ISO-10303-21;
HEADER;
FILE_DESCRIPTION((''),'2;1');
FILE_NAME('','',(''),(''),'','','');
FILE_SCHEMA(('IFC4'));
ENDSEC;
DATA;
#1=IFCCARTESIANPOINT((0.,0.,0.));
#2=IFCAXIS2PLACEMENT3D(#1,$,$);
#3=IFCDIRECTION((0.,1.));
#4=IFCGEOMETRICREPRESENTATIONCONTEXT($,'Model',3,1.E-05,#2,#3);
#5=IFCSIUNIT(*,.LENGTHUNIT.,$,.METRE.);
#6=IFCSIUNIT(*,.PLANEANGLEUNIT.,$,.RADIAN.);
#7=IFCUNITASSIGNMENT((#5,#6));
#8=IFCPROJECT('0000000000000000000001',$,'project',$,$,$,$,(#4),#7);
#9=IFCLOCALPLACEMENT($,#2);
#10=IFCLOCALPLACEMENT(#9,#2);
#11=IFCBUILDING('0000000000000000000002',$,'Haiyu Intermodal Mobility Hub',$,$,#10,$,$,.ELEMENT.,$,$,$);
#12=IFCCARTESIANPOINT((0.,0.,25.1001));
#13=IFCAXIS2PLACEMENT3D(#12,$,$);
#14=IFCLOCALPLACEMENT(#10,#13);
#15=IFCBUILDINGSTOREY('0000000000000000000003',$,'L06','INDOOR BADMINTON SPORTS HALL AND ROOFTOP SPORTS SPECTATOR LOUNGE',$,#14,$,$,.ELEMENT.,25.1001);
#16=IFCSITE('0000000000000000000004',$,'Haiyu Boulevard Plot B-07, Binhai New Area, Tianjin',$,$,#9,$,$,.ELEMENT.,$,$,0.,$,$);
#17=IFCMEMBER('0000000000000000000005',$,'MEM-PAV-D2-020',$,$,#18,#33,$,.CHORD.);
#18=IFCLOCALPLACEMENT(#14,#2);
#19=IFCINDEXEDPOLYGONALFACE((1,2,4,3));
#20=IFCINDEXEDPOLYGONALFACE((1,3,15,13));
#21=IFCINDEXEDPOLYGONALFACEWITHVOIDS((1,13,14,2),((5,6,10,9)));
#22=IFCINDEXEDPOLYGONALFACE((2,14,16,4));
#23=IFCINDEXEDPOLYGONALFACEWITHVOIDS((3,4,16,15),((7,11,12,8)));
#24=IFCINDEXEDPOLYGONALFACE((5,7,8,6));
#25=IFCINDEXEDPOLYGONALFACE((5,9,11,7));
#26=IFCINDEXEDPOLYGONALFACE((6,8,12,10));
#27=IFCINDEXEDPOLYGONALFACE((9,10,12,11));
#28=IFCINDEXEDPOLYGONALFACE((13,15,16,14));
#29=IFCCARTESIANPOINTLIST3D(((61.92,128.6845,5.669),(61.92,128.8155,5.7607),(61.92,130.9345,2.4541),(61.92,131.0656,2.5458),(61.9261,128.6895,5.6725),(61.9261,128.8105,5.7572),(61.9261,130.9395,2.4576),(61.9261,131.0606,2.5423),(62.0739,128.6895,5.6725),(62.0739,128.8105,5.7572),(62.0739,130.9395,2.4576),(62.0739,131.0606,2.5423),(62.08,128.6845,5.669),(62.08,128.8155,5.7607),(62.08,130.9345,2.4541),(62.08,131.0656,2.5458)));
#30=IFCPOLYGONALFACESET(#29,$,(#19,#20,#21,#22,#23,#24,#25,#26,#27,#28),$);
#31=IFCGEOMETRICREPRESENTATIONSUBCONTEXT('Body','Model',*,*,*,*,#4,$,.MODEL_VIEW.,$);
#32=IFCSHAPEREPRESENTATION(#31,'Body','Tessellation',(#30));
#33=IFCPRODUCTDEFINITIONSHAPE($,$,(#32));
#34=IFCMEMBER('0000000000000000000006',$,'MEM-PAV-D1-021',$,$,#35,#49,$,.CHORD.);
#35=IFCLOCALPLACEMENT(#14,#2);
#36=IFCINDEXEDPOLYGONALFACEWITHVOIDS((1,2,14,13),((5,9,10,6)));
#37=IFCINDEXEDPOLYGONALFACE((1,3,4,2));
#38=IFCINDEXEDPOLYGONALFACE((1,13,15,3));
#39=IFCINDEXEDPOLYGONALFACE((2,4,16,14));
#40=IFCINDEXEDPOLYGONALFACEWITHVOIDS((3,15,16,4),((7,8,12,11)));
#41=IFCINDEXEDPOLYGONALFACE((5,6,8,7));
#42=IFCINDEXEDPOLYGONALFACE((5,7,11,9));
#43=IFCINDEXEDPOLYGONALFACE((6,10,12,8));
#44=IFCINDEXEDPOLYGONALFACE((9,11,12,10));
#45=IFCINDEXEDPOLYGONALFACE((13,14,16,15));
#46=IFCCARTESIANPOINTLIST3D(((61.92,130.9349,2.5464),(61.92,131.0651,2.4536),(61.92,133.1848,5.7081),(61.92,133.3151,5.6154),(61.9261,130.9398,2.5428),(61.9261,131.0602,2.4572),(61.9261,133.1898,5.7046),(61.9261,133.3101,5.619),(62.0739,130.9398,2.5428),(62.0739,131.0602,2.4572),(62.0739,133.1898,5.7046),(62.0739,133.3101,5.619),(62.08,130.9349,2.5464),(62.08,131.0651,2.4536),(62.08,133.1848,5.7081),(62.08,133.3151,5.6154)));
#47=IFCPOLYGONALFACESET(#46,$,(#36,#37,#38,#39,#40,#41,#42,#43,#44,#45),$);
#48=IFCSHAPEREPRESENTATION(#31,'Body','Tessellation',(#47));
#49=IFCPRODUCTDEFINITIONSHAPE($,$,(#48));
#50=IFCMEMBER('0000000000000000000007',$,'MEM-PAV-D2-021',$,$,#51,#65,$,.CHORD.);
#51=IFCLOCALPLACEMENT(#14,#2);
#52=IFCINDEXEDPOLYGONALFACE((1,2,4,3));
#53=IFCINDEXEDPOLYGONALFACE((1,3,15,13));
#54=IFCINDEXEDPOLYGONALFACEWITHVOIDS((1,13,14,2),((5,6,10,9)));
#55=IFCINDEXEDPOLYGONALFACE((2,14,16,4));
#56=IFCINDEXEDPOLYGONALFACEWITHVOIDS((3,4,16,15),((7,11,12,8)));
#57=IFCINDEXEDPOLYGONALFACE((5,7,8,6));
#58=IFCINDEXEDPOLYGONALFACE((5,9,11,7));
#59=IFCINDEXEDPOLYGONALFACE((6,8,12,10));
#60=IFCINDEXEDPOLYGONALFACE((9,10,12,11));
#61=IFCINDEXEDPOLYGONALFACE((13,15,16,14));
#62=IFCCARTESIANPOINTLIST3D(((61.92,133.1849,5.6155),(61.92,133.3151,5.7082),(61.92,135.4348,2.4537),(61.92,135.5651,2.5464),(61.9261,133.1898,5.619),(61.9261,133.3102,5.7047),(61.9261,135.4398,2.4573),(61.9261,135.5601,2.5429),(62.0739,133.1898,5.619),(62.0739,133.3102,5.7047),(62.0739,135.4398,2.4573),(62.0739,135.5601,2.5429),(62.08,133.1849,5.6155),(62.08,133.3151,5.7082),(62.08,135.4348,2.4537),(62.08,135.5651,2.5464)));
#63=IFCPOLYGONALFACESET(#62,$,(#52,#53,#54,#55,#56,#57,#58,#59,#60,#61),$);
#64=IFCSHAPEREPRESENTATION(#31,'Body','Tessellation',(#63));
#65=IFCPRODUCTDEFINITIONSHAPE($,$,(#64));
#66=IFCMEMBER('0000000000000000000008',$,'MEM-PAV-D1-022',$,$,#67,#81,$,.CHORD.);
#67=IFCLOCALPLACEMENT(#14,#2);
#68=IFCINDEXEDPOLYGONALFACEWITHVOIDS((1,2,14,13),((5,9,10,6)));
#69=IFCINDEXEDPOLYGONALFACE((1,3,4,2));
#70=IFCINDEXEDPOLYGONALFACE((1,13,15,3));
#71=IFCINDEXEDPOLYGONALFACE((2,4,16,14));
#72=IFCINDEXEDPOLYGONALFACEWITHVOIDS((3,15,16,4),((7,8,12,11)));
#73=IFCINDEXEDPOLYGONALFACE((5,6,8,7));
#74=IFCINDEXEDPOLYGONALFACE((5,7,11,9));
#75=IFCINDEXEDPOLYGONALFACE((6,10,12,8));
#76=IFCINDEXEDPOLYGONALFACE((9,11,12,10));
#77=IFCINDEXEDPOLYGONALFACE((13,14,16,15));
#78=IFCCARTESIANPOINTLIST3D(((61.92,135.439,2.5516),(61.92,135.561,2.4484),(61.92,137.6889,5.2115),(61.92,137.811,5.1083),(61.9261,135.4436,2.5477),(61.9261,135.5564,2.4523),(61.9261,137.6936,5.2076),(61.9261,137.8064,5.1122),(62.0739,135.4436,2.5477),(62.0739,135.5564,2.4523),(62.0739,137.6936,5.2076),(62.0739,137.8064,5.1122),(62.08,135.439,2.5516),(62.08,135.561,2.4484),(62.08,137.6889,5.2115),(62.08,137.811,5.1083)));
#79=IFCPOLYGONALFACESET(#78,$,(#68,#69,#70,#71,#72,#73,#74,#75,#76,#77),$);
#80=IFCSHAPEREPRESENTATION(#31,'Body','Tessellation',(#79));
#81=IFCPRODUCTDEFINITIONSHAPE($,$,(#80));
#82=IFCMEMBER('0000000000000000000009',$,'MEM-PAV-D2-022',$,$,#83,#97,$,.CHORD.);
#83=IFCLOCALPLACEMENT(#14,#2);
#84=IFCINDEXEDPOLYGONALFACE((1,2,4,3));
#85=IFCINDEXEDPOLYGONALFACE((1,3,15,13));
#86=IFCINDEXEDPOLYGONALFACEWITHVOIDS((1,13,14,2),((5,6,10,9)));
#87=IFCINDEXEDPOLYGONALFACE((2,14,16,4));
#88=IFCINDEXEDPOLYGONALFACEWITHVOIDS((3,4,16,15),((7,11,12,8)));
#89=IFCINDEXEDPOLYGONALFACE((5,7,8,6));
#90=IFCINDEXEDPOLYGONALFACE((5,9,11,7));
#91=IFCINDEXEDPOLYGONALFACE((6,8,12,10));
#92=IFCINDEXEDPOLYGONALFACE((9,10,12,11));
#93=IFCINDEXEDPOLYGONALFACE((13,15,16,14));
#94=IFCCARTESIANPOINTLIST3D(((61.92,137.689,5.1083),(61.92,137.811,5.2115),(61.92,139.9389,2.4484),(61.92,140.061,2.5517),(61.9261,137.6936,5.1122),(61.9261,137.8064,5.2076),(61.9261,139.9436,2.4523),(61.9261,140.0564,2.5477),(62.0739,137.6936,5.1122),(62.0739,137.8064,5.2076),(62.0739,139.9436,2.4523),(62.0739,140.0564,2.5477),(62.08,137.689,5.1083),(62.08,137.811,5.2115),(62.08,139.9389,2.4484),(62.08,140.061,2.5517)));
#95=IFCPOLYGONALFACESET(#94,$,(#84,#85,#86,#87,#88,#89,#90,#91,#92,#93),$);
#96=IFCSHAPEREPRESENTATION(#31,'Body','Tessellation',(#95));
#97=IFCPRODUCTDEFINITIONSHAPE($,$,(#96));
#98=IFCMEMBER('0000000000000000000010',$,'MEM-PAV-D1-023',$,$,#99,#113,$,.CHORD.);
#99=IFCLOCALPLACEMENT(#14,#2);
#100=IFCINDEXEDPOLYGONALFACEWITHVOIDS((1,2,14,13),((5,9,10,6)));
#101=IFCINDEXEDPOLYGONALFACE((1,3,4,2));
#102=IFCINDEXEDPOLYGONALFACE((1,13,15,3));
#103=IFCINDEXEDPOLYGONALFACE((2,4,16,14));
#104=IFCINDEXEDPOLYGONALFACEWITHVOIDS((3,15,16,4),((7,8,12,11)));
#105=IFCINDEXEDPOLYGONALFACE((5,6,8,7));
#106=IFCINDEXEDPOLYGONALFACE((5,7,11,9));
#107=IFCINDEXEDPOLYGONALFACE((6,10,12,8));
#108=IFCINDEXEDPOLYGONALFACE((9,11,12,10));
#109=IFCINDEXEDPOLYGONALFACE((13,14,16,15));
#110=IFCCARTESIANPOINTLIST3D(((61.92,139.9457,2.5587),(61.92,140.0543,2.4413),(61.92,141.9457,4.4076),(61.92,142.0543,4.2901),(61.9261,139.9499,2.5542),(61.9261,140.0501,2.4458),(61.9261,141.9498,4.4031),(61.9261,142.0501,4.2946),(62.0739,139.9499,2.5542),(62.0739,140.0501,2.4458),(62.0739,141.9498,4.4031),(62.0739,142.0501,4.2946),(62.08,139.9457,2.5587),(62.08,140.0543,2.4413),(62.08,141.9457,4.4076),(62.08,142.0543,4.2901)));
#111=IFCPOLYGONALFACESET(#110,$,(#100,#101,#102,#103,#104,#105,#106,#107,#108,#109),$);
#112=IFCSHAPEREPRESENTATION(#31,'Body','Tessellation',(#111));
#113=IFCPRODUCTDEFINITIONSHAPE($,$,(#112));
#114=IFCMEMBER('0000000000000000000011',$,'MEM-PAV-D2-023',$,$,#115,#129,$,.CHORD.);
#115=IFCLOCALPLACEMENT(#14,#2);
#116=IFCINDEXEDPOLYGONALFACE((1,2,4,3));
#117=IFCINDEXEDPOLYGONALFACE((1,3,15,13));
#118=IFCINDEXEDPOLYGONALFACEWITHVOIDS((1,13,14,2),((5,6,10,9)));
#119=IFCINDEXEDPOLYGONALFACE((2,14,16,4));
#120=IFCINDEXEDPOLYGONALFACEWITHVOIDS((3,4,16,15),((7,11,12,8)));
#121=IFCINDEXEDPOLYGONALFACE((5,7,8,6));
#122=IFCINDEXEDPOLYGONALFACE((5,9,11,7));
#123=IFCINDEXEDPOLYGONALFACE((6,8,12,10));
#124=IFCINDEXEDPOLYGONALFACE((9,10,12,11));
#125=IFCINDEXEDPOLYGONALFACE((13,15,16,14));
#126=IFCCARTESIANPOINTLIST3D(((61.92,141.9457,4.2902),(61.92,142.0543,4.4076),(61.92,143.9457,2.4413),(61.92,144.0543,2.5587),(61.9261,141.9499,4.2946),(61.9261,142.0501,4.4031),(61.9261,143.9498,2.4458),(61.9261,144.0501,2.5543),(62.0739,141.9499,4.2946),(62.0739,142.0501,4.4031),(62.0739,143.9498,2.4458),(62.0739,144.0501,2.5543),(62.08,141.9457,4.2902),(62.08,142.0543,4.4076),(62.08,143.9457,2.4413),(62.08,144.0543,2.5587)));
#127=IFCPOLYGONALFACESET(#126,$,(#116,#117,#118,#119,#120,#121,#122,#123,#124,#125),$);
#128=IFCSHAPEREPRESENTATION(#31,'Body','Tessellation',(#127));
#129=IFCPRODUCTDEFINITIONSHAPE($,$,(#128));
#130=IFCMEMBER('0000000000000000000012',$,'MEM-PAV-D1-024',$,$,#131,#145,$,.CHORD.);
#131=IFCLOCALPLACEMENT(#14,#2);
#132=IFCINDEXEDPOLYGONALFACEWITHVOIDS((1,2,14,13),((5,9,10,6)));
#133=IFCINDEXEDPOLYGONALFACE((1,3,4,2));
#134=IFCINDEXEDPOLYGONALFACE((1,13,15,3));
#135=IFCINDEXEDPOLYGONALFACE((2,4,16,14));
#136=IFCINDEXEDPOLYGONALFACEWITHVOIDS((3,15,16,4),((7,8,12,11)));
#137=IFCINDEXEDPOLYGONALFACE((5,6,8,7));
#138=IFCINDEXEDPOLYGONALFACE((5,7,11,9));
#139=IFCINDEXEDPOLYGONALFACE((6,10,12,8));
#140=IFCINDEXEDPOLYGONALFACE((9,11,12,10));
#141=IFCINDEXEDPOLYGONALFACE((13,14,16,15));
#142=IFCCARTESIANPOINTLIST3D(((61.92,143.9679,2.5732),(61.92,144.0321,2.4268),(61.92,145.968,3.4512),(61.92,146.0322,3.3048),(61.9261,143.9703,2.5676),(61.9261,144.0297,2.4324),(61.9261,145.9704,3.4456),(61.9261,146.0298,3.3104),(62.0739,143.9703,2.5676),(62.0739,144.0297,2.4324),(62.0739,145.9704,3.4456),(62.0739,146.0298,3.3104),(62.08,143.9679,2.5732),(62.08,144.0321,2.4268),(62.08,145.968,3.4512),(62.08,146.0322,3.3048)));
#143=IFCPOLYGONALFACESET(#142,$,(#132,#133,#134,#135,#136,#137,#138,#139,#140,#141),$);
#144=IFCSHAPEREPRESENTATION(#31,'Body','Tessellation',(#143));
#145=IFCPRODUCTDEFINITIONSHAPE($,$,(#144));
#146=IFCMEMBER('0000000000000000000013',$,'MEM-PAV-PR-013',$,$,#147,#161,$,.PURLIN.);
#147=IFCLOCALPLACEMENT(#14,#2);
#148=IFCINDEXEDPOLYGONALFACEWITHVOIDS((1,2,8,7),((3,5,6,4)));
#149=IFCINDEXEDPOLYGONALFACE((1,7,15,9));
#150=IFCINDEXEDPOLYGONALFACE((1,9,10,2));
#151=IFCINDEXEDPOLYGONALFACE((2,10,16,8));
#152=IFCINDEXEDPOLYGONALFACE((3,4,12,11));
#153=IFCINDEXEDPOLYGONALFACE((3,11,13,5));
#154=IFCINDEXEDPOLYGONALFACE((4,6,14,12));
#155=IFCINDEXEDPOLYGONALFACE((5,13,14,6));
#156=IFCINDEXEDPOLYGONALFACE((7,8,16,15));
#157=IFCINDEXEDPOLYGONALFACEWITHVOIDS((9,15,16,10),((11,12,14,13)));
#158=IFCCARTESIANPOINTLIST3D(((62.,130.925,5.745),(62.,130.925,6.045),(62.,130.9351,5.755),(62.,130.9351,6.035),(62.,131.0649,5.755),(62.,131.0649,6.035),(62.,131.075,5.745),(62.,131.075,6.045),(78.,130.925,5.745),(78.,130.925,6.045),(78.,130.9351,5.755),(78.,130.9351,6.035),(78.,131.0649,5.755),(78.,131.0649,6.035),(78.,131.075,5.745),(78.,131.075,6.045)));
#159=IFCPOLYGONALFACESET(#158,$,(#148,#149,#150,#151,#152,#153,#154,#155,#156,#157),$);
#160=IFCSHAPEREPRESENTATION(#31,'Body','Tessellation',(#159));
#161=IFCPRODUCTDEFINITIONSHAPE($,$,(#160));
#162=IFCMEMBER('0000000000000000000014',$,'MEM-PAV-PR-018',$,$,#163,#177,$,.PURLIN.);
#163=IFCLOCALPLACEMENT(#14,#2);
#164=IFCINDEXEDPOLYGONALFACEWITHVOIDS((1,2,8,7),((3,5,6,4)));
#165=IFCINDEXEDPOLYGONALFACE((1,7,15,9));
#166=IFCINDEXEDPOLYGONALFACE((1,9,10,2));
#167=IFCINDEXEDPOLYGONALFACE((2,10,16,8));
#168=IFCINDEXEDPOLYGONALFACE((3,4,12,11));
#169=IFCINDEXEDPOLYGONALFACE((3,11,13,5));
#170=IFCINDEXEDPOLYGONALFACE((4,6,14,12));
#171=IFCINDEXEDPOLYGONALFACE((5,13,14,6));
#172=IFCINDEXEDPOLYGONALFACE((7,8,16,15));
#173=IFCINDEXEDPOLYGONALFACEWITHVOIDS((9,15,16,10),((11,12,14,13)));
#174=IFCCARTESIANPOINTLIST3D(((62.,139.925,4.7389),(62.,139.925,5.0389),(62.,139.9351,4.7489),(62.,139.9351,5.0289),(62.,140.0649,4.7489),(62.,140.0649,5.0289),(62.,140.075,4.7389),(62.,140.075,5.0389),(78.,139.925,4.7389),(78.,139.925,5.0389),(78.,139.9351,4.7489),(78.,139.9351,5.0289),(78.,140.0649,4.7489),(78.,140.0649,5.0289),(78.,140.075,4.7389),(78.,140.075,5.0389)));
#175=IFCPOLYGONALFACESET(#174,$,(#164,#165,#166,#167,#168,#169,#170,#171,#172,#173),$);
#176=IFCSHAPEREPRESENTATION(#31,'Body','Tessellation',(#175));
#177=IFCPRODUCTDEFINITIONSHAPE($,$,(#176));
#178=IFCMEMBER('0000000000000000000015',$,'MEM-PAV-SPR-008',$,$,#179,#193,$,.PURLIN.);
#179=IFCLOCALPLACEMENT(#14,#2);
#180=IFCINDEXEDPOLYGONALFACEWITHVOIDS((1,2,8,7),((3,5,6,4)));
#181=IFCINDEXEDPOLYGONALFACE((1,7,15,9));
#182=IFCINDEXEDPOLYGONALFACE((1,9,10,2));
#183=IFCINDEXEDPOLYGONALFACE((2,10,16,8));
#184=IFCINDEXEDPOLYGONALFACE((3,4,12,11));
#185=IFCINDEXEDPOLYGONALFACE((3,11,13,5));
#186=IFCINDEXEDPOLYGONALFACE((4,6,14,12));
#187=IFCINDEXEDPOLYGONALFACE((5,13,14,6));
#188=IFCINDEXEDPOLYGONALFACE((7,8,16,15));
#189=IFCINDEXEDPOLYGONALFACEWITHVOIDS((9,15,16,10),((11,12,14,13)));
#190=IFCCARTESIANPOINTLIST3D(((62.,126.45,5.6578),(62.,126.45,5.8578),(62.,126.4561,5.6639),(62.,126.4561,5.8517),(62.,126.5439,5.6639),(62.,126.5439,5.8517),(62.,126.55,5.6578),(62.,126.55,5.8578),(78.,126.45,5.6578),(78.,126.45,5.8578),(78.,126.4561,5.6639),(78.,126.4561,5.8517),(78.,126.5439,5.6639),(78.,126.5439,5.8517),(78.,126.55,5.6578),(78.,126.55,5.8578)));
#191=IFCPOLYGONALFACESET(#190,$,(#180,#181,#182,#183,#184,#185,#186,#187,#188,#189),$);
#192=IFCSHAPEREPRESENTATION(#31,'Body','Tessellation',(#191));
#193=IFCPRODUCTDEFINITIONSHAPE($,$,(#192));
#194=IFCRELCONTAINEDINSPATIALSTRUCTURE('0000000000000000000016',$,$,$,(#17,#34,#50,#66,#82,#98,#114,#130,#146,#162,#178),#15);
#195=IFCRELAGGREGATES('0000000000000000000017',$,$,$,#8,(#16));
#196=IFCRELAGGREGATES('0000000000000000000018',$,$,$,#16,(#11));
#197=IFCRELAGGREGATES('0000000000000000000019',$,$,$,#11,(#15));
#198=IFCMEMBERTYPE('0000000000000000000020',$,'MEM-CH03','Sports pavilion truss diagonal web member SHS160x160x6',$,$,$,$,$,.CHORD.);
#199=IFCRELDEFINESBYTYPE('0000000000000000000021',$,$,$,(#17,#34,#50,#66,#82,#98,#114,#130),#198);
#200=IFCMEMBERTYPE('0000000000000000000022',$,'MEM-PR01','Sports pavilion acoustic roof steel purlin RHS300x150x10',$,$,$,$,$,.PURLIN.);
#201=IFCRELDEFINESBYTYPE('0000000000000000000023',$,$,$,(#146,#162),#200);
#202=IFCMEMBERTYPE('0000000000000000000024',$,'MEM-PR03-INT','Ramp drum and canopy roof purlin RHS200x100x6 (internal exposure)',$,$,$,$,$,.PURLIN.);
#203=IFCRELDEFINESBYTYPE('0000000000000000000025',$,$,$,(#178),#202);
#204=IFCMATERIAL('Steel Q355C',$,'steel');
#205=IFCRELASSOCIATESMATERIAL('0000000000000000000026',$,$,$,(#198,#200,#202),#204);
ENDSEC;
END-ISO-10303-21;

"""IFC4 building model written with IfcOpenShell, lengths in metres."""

from ifc_helpers import new_model, si_unit, direction, frame, origin, origin_2d, place, context, subcontext, project, spatial, hollow_rectangle, extrude, material, material_profile, profile_set, type_object, element, save


model = new_model("IFC4")

# Units and contexts
model_context = context("Model", 3, precision=1e-05, world=origin(), true_north=direction((0.0, 1.0)))
body_context = subcontext(model_context, "Body", "Model", "MODEL_VIEW")
ifc_project = project(units=[si_unit("LENGTHUNIT", "METRE"), si_unit("PLANEANGLEUNIT", "RADIAN")], contexts=[model_context])

# Site, building, storey
site_placement = place(None, origin())
site = spatial("IfcSite", under=ifc_project, at=site_placement, Name="Haiyu Boulevard Plot B-07, Binhai New Area, Tianjin", CompositionType="ELEMENT", RefElevation=0.0)
building_placement = place(site_placement, origin())
building = spatial("IfcBuilding", under=site, at=building_placement, Name="Haiyu Intermodal Mobility Hub", CompositionType="ELEMENT")
storey_placement = place(building_placement, frame((0.0, 0.0, 25.1001)))
storey = spatial("IfcBuildingStorey", under=building, at=storey_placement, Name="L06", Description="INDOOR BADMINTON SPORTS HALL AND ROOFTOP SPORTS SPECTATOR LOUNGE", CompositionType="ELEMENT", Elevation=25.1001)

# Members
ifc_material_1 = material(Name="Steel Q355C", Category="steel")
ifc_material_profile_1 = material_profile(ifc_material_1, hollow_rectangle(XDim=0.1599, YDim=0.1599, WallThickness=0.0061, at=origin_2d()), Name="SHS160x160x6")
ifc_profile_set_1 = profile_set([ifc_material_profile_1], Name="Steel Q355C")
member_type_1 = type_object("IfcMemberType", Name="MEM-CH03", Description="Sports pavilion truss diagonal web member SHS160x160x6", PredefinedType="CHORD", material=ifc_profile_set_1)
for number, where, z_axis, x_axis, name in (
    (1, (62.0, 128.75, 5.7148), (0.0, 0.573396, -0.819279), (-1.0, 0.0, 0.0), "MEM-PAV-D2-020"),
):
    element("IfcMember", number, at=place(storey_placement, frame(where, z_axis=z_axis, x_axis=x_axis)), inside=storey, type_object=member_type_1, Name=name, PredefinedType="CHORD", context=body_context, shape_type="SweptSolid", body=[
        extrude(hollow_rectangle(XDim=0.1599, YDim=0.1599, WallThickness=0.0061, at=origin_2d()), origin(), (0.0, 0.0, 1.0), 3.9241),
    ])
for number, where, z_axis, x_axis, name in (
    (2, (62.0, 131.0, 2.5), (0.0, 0.579791, 0.814765), (-1.0, 0.0, 0.0), "MEM-PAV-D1-021"),
    (3, (62.0, 133.25, 5.6619), (0.0, 0.579791, -0.814765), (-1.0, 0.0, 0.0), "MEM-PAV-D2-021"),
):
    element("IfcMember", number, at=place(storey_placement, frame(where, z_axis=z_axis, x_axis=x_axis)), inside=storey, type_object=member_type_1, Name=name, PredefinedType="CHORD", context=body_context, shape_type="SweptSolid", body=[
        extrude(hollow_rectangle(XDim=0.1599, YDim=0.1599, WallThickness=0.0061, at=origin_2d()), origin(), (0.0, 0.0, 1.0), 3.8806),
    ])
for number, where, z_axis, x_axis, name in (
    (4, (62.0, 135.5, 2.5), (0.0, 0.645826, 0.763485), (-1.0, 0.0, 0.0), "MEM-PAV-D1-022"),
    (5, (62.0, 137.75, 5.1599), (0.0, 0.645826, -0.763485), (-1.0, 0.0, 0.0), "MEM-PAV-D2-022"),
):
    element("IfcMember", number, at=place(storey_placement, frame(where, z_axis=z_axis, x_axis=x_axis)), inside=storey, type_object=member_type_1, Name=name, PredefinedType="CHORD", context=body_context, shape_type="SweptSolid", body=[
        extrude(hollow_rectangle(XDim=0.1599, YDim=0.1599, WallThickness=0.0061, at=origin_2d()), origin(), (0.0, 0.0, 1.0), 3.4839),
    ])
for number, where, z_axis, x_axis, name in (
    (6, (62.0, 140.0, 2.5), (0.0, 0.734305, 0.67882), (-1.0, 0.0, 0.0), "MEM-PAV-D1-023"),
    (7, (62.0, 142.0, 4.3489), (0.0, 0.734305, -0.67882), (-1.0, 0.0, 0.0), "MEM-PAV-D2-023"),
):
    element("IfcMember", number, at=place(storey_placement, frame(where, z_axis=z_axis, x_axis=x_axis)), inside=storey, type_object=member_type_1, Name=name, PredefinedType="CHORD", context=body_context, shape_type="SweptSolid", body=[
        extrude(hollow_rectangle(XDim=0.1599, YDim=0.1599, WallThickness=0.0061, at=origin_2d()), origin(), (0.0, 0.0, 1.0), 2.7236),
    ])
member_1_placement = place(storey_placement, frame((62.0, 144.0, 2.5), z_axis=(0.0, 0.915664, 0.401944), x_axis=(-1.0, 0.0, 0.0)))
element("IfcMember", 8, at=member_1_placement, inside=storey, type_object=member_type_1, Name="MEM-PAV-D1-024", PredefinedType="CHORD", context=body_context, shape_type="SweptSolid", body=[
    extrude(hollow_rectangle(XDim=0.1599, YDim=0.1599, WallThickness=0.0061, at=origin_2d()), origin(), (0.0, 0.0, 1.0), 2.1843),
])
ifc_material_profile_2 = material_profile(ifc_material_1, hollow_rectangle(XDim=0.1499, YDim=0.3, WallThickness=0.01, at=origin_2d()), Name="RHS300x150x10")
ifc_profile_set_2 = profile_set([ifc_material_profile_2], Name="Steel Q355C")
member_type_2 = type_object("IfcMemberType", Name="MEM-PR01", Description="Sports pavilion acoustic roof steel purlin RHS300x150x10", PredefinedType="PURLIN", material=ifc_profile_set_2)
for number, where, z_axis, x_axis, name in (
    (9, (62.0, 131.0, 5.895), (1.0, 0.0, 0.0), (0.0, 1.0, 0.0), "MEM-PAV-PR-013"),
    (10, (62.0, 140.0, 4.8889), (1.0, 0.0, 0.0), (0.0, 1.0, 0.0), "MEM-PAV-PR-018"),
):
    element("IfcMember", number, at=place(storey_placement, frame(where, z_axis=z_axis, x_axis=x_axis)), inside=storey, type_object=member_type_2, Name=name, PredefinedType="PURLIN", context=body_context, shape_type="SweptSolid", body=[
        extrude(hollow_rectangle(XDim=0.1499, YDim=0.3, WallThickness=0.01, at=origin_2d()), origin(), (0.0, 0.0, 1.0), 16.0),
    ])
ifc_material_profile_3 = material_profile(ifc_material_1, hollow_rectangle(XDim=0.1001, YDim=0.2, WallThickness=0.0061, at=origin_2d()), Name="RHS200x100x6")
ifc_profile_set_3 = profile_set([ifc_material_profile_3], Name="Steel Q355C")
member_type_3 = type_object("IfcMemberType", Name="MEM-PR03-INT", Description="Ramp drum and canopy roof purlin RHS200x100x6 (internal exposure)", PredefinedType="PURLIN", material=ifc_profile_set_3)
member_2_placement = place(storey_placement, frame((62.0, 126.5, 5.7578), z_axis=(1.0, 0.0, 0.0), x_axis=(0.0, 1.0, 0.0)))
element("IfcMember", 11, at=member_2_placement, inside=storey, type_object=member_type_3, Name="MEM-PAV-SPR-008", PredefinedType="PURLIN", context=body_context, shape_type="SweptSolid", body=[
    extrude(hollow_rectangle(XDim=0.1001, YDim=0.2, WallThickness=0.0061, at=origin_2d()), origin(), (0.0, 0.0, 1.0), 16.0),
])

save(model, "model.ifc")
